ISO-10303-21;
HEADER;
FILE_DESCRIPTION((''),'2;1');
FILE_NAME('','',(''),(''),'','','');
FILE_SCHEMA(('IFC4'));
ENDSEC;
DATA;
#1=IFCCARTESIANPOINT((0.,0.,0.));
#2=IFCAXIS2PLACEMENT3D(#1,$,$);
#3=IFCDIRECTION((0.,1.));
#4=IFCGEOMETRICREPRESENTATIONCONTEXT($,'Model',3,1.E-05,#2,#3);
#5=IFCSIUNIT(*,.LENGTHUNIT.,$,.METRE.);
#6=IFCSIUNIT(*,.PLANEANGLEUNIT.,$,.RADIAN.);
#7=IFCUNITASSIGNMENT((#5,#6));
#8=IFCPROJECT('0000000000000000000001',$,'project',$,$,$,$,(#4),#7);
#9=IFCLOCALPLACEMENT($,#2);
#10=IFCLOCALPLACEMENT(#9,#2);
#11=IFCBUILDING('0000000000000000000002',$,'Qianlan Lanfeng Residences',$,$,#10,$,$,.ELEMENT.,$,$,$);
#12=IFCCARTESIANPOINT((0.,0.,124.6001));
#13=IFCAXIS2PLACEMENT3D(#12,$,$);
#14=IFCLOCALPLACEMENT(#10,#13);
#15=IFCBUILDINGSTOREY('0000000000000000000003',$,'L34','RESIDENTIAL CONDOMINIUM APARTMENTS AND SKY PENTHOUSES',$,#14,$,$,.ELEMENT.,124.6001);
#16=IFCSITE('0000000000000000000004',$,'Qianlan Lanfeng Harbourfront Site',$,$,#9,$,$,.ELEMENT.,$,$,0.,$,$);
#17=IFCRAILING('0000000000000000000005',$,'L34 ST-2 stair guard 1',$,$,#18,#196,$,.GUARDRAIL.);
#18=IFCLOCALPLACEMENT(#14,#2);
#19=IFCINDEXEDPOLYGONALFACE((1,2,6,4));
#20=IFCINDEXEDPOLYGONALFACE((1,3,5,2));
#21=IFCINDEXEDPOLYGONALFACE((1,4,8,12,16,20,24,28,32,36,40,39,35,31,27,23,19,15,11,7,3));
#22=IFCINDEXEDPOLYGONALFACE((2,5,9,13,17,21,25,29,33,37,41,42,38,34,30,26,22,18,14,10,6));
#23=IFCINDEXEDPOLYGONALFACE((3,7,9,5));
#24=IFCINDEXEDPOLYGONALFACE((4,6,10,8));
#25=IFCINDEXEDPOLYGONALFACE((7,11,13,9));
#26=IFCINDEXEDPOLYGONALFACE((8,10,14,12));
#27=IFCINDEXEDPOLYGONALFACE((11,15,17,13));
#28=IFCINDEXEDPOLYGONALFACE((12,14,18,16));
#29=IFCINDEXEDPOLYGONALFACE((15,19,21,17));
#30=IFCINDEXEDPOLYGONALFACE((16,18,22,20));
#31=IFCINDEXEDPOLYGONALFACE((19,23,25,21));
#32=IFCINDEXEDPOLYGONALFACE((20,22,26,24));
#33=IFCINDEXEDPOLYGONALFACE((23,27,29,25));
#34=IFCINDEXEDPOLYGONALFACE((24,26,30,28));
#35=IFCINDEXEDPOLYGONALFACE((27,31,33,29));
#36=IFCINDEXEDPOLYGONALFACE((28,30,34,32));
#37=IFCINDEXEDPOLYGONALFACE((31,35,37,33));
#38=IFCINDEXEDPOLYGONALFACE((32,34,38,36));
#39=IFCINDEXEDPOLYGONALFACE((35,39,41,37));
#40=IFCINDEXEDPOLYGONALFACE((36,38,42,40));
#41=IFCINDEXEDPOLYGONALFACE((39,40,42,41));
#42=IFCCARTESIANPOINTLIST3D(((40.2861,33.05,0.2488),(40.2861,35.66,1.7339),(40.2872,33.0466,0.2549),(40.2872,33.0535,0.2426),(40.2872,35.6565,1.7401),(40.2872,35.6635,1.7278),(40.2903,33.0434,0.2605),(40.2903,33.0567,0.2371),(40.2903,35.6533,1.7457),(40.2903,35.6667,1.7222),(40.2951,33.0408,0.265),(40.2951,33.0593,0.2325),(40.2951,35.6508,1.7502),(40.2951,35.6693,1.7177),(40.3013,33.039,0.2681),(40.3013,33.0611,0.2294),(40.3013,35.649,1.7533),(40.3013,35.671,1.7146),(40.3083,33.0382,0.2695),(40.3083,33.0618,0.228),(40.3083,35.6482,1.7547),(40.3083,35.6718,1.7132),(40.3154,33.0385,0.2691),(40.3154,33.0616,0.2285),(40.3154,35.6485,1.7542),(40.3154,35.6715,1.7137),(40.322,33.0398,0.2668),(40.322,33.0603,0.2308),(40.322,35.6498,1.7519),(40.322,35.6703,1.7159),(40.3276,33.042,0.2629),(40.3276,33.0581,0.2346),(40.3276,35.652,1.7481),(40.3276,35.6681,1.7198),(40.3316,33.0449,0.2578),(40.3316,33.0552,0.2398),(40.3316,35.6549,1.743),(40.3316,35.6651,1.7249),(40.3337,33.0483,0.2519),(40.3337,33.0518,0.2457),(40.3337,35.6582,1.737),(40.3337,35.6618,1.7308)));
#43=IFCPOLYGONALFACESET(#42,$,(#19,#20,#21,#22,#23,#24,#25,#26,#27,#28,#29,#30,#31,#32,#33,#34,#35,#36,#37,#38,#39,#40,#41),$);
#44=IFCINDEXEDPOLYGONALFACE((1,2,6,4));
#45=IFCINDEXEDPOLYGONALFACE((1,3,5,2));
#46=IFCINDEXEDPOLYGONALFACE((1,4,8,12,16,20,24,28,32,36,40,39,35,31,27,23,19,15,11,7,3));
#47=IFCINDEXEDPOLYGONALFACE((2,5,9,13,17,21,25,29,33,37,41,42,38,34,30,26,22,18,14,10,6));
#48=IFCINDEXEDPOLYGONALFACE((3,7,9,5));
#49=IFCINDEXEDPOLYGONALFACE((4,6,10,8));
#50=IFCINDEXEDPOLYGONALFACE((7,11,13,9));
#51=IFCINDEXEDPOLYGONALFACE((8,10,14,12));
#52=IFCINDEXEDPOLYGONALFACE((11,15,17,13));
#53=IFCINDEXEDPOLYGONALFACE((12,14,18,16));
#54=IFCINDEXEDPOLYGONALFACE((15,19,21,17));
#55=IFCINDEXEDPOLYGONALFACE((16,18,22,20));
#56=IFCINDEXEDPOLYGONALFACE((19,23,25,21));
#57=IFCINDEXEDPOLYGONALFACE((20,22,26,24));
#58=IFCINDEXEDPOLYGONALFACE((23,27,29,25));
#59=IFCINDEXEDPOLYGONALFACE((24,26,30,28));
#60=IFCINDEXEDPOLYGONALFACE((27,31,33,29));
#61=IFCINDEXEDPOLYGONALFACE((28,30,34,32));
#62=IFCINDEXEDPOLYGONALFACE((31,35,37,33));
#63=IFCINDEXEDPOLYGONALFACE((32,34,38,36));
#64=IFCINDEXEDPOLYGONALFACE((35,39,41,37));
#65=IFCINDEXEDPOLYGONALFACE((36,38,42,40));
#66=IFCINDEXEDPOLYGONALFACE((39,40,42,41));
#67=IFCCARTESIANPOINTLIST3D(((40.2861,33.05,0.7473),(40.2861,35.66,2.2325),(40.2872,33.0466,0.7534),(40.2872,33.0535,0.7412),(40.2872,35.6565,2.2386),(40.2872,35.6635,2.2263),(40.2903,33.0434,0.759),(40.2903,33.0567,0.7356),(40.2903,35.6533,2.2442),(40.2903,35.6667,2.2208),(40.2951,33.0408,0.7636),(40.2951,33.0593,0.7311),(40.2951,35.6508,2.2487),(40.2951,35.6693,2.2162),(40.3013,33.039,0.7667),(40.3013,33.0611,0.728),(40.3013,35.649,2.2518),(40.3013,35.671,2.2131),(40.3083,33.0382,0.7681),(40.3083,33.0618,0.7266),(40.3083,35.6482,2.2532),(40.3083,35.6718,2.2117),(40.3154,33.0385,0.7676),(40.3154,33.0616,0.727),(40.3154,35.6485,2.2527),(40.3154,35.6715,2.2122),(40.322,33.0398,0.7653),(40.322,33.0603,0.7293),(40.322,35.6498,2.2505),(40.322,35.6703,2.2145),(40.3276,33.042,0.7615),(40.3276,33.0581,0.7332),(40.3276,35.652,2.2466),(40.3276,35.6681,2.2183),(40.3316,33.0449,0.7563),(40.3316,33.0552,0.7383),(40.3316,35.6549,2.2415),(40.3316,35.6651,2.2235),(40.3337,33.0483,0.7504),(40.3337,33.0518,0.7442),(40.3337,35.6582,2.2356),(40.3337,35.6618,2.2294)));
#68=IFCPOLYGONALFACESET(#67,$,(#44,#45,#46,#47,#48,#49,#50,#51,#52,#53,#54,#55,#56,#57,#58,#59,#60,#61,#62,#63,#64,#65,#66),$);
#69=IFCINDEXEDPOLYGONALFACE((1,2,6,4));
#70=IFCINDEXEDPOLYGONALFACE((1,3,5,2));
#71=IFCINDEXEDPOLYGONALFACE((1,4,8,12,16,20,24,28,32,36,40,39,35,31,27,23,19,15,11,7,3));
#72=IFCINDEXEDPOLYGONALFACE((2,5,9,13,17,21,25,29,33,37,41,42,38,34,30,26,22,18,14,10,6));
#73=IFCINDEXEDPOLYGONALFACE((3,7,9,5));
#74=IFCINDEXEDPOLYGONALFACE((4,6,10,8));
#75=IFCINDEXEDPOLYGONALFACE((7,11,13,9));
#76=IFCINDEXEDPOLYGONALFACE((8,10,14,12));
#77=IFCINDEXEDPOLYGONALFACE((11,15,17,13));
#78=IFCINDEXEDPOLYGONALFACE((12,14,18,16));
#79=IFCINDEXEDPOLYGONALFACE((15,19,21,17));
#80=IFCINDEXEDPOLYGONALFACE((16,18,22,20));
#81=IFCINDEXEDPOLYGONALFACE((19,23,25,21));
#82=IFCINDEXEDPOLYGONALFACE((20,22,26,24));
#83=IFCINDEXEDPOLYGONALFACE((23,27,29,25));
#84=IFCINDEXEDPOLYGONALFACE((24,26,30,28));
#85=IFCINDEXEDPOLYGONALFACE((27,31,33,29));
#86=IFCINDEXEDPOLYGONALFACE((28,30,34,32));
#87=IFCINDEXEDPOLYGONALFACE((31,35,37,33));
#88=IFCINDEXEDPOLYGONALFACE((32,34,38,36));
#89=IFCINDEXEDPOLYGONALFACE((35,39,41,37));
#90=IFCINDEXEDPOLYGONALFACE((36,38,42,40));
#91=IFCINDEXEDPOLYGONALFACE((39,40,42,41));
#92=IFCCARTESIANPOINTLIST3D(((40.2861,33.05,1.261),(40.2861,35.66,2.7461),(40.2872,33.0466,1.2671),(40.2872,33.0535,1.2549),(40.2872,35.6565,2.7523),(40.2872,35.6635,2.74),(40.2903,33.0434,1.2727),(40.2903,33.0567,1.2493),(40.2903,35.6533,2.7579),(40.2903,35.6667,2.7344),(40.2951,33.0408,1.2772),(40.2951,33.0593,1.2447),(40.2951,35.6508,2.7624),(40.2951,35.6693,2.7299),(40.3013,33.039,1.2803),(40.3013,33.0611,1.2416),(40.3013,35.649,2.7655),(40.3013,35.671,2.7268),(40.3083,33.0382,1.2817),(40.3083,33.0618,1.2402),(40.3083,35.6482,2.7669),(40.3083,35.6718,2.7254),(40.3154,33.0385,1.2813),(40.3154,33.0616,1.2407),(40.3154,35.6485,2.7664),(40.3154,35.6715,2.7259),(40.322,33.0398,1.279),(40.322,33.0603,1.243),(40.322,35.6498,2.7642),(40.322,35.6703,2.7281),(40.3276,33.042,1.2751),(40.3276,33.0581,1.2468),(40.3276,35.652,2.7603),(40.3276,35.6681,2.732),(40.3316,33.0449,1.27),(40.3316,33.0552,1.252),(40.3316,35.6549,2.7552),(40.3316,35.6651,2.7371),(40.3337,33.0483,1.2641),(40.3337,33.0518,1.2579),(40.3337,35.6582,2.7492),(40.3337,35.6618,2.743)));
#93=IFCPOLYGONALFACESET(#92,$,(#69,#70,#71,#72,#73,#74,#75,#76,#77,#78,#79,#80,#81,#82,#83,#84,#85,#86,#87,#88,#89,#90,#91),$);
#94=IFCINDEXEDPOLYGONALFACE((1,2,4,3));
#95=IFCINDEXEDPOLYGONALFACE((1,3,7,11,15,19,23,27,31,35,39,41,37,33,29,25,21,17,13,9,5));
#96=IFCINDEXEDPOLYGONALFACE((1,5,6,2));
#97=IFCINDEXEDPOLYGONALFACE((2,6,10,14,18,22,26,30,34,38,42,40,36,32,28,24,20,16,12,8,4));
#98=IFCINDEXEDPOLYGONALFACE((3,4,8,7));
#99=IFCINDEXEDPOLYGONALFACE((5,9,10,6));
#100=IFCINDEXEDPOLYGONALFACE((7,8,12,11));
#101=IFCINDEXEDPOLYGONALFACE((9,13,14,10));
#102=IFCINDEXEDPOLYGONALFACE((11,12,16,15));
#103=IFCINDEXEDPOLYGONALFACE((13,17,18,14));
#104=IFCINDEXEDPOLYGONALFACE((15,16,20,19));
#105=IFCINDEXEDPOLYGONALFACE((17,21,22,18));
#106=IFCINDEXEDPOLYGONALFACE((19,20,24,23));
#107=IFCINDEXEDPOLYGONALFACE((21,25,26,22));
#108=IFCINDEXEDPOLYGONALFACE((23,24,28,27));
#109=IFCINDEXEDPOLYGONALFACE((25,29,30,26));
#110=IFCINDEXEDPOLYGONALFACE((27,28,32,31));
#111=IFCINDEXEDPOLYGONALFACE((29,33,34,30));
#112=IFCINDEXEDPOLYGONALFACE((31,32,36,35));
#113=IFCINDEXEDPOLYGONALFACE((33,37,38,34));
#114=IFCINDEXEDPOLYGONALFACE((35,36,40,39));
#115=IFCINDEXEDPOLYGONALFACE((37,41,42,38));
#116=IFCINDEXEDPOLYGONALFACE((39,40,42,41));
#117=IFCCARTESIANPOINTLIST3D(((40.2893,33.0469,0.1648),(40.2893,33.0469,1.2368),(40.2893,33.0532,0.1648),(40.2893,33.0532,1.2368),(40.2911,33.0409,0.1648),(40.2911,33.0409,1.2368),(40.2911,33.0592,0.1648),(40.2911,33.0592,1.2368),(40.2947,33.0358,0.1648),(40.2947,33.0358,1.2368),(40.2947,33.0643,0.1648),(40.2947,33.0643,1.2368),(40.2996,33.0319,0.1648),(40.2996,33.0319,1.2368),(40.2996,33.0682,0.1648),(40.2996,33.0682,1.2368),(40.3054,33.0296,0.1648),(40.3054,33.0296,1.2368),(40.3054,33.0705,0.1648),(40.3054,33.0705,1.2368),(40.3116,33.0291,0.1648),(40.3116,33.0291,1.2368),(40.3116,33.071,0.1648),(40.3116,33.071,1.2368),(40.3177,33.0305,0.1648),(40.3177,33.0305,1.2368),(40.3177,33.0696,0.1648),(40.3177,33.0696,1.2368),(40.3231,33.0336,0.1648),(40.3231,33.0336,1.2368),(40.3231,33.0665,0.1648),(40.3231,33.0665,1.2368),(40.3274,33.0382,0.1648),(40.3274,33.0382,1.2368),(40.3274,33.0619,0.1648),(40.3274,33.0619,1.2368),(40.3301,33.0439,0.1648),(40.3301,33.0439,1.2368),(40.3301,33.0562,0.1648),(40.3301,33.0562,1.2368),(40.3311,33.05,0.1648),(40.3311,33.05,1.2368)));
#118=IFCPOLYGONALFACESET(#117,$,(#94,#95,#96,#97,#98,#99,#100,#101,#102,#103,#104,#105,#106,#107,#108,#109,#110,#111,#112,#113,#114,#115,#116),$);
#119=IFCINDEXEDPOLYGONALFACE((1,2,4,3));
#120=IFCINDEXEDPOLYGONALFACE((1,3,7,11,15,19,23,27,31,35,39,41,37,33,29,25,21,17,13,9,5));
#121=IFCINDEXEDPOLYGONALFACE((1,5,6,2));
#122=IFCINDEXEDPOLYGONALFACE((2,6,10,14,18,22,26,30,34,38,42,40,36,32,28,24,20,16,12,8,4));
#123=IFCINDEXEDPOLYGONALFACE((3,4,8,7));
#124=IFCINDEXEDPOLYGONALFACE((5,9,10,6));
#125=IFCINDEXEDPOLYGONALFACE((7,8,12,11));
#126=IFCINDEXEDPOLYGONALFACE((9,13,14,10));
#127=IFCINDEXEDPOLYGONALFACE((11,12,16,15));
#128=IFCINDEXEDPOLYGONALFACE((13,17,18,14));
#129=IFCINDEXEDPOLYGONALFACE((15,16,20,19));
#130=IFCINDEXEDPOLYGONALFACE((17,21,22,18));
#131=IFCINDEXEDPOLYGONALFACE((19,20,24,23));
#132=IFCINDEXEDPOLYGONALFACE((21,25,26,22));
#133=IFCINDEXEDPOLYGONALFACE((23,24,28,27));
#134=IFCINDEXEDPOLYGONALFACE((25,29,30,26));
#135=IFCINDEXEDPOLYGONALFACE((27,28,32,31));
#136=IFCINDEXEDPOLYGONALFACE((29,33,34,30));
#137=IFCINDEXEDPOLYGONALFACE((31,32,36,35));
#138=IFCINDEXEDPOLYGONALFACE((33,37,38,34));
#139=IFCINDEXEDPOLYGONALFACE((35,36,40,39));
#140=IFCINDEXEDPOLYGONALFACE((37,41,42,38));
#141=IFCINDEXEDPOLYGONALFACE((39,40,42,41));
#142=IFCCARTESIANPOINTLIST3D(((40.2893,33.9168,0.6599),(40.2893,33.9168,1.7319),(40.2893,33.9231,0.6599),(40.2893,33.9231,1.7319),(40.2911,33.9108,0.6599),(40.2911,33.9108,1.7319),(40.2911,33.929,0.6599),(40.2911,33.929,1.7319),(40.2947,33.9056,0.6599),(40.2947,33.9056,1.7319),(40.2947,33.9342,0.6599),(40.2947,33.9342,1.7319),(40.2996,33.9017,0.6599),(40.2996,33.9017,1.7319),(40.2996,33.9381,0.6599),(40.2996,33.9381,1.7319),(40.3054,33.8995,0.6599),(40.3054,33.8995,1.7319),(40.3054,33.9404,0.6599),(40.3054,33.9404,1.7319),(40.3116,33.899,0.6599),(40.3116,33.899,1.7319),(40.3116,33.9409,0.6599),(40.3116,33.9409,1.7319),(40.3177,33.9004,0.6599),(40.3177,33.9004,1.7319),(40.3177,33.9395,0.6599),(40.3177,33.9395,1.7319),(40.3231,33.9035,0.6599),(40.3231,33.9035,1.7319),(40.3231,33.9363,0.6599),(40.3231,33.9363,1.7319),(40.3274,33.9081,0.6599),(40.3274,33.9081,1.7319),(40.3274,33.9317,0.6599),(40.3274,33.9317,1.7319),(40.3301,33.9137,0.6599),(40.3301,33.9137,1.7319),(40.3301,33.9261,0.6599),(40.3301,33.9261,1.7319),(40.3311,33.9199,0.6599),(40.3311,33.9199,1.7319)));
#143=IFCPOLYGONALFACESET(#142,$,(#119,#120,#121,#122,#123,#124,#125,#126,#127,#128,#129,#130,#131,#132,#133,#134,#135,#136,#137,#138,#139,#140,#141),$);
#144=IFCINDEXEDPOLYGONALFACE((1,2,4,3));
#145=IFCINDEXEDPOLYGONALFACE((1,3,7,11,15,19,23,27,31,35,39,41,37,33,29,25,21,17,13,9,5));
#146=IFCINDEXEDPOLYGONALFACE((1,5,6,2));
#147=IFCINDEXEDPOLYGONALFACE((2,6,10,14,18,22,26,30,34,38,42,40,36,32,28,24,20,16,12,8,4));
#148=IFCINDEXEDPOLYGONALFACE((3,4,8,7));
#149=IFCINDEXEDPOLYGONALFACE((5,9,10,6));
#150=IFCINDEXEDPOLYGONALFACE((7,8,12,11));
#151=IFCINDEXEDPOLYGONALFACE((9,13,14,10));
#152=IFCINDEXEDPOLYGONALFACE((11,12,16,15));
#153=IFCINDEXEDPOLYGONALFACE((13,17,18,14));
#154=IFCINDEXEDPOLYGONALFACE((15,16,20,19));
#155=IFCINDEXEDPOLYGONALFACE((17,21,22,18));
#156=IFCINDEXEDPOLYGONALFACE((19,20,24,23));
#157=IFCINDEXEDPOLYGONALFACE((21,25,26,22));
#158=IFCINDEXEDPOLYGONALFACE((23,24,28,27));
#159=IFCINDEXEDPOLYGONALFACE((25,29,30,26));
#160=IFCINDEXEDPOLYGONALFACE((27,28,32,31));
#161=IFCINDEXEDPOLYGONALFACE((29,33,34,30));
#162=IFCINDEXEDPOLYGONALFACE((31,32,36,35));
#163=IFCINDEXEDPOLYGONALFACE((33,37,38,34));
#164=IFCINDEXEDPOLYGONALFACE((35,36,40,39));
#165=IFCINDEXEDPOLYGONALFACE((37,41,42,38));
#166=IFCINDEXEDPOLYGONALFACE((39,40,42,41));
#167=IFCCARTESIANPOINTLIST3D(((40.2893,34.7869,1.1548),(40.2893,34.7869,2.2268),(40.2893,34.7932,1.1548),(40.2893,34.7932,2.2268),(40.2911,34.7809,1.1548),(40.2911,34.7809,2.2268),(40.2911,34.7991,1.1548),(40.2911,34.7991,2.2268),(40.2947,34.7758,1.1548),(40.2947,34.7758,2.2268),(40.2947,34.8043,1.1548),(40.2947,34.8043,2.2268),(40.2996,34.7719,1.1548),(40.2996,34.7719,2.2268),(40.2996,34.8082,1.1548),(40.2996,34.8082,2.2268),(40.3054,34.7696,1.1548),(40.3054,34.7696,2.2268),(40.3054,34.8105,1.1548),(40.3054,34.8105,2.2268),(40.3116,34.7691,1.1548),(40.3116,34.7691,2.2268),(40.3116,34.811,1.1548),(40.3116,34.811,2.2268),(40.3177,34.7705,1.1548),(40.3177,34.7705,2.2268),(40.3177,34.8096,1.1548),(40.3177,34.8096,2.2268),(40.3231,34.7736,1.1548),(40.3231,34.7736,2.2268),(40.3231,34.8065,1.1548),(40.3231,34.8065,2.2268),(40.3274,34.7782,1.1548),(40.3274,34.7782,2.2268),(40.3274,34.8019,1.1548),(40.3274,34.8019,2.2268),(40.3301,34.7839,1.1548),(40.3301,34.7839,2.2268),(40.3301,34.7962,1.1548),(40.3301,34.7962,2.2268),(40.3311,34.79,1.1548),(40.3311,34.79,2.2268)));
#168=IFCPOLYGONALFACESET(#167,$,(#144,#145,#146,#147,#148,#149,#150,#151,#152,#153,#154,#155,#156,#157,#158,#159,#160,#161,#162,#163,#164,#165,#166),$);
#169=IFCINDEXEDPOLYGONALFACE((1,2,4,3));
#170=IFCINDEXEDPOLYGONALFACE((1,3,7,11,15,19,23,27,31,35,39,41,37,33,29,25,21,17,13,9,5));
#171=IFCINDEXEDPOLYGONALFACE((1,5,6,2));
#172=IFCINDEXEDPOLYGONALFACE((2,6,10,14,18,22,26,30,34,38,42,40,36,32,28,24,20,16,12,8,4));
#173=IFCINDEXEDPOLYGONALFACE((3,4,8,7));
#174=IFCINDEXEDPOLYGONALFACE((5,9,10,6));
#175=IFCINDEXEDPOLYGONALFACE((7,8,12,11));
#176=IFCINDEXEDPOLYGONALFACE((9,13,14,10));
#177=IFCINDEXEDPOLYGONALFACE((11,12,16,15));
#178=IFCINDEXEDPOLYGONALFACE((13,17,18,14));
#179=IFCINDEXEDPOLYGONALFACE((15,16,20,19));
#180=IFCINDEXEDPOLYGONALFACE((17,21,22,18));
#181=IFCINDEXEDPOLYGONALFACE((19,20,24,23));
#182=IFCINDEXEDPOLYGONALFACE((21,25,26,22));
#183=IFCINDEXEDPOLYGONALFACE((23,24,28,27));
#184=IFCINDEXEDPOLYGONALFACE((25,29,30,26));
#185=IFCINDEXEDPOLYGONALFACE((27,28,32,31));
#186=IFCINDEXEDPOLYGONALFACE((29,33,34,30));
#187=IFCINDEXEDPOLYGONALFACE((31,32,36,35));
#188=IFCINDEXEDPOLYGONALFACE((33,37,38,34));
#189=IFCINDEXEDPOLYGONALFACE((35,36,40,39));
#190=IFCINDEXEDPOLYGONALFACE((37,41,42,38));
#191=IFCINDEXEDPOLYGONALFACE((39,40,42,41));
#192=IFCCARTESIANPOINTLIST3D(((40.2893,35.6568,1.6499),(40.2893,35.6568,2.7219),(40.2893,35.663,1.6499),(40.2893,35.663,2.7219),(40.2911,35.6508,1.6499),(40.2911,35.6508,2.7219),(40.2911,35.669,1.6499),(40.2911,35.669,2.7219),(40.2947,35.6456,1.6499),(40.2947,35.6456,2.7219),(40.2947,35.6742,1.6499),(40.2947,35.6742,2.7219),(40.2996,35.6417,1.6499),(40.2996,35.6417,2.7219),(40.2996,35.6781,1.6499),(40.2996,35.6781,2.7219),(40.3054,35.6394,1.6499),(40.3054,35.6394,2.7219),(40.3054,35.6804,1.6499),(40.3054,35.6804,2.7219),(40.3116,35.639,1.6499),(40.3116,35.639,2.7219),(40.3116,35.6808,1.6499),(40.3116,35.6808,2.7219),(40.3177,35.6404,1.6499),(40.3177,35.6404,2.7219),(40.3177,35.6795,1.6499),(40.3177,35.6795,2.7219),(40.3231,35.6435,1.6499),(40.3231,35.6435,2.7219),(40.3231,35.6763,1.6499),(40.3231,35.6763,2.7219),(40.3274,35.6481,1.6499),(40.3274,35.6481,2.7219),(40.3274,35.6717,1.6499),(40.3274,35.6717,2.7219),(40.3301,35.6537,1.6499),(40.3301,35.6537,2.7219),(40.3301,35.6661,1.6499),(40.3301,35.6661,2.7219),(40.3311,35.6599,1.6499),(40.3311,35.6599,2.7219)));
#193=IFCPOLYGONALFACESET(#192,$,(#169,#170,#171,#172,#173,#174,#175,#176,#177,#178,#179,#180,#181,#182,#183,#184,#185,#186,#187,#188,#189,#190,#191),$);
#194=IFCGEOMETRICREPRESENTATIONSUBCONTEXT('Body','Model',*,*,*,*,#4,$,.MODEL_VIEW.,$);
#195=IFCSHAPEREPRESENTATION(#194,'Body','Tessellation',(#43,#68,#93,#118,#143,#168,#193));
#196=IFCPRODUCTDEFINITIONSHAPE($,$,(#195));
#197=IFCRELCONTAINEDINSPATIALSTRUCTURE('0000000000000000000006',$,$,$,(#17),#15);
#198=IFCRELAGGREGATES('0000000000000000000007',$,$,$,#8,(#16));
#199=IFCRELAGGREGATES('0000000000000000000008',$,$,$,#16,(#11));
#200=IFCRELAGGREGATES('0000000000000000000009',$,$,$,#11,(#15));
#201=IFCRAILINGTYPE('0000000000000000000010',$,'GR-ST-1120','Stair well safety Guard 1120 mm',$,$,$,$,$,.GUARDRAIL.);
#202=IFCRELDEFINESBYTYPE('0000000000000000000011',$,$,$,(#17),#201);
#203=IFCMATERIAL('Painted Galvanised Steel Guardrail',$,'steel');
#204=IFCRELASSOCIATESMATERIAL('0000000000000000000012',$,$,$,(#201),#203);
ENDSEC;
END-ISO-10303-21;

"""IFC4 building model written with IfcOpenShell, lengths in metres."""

from ifc_helpers import new_model, si_unit, direction, frame, origin, origin_2d, place, context, subcontext, project, spatial, circle, extrude, material, type_object, element, save


model = new_model("IFC4")

# Units and contexts
model_context = context("Model", 3, precision=1e-05, world=origin(), true_north=direction((0.0, 1.0)))
body_context = subcontext(model_context, "Body", "Model", "MODEL_VIEW")
ifc_project = project(units=[si_unit("LENGTHUNIT", "METRE"), si_unit("PLANEANGLEUNIT", "RADIAN")], contexts=[model_context])

# Site, building, storey
site_placement = place(None, origin())
site = spatial("IfcSite", under=ifc_project, at=site_placement, Name="Qianlan Lanfeng Harbourfront Site", CompositionType="ELEMENT", RefElevation=0.0)
building_placement = place(site_placement, origin())
building = spatial("IfcBuilding", under=site, at=building_placement, Name="Qianlan Lanfeng Residences", CompositionType="ELEMENT")
storey_placement = place(building_placement, frame((0.0, 0.0, 124.6001)))
storey = spatial("IfcBuildingStorey", under=building, at=storey_placement, Name="L34", Description="RESIDENTIAL CONDOMINIUM APARTMENTS AND SKY PENTHOUSES", CompositionType="ELEMENT", Elevation=124.6001)

# Railing
ifc_material_1 = material(Name="Painted Galvanised Steel Guardrail", Category="steel")
railing_type_1 = type_object("IfcRailingType", Name="GR-ST-1120", Description="Stair well safety Guard 1120 mm", PredefinedType="GUARDRAIL", material=ifc_material_1)
railing_1_placement = place(storey_placement, frame((40.3101, 33.05, 0.1648)))
element("IfcRailing", 1, at=railing_1_placement, inside=storey, type_object=railing_type_1, Name="L34 ST-2 stair guard 1", PredefinedType="GUARDRAIL", context=body_context, shape_type="SweptSolid", body=[
    extrude(circle(Radius=0.0239, at=origin_2d()), frame((0.0, 0.0, 0.084), z_axis=(0.0, 0.869137, 0.494571), x_axis=(-1.0, 0.0, 0.0)), (0.0, 0.0, 1.0), 3.0029),
    extrude(circle(Radius=0.0239, at=origin_2d()), frame((0.0, 0.0, 0.5825), z_axis=(0.0, 0.869137, 0.494571), x_axis=(-1.0, 0.0, 0.0)), (0.0, 0.0, 1.0), 3.0029),
    extrude(circle(Radius=0.0239, at=origin_2d()), frame((0.0, 0.0, 1.0962), z_axis=(0.0, 0.869137, 0.494571), x_axis=(-1.0, 0.0, 0.0)), (0.0, 0.0, 1.0), 3.0029),
    extrude(circle(Radius=0.021, at=origin_2d()), origin(), (0.0, 0.0, 1.0), 1.072),
    extrude(circle(Radius=0.021, at=origin_2d()), frame((0.0, 0.8699, 0.4951)), (0.0, 0.0, 1.0), 1.072),
    extrude(circle(Radius=0.021, at=origin_2d()), frame((0.0, 1.74, 0.99)), (0.0, 0.0, 1.0), 1.072),
    extrude(circle(Radius=0.021, at=origin_2d()), frame((0.0, 2.6099, 1.4851)), (0.0, 0.0, 1.0), 1.072),
])

save(model, "model.ifc")
